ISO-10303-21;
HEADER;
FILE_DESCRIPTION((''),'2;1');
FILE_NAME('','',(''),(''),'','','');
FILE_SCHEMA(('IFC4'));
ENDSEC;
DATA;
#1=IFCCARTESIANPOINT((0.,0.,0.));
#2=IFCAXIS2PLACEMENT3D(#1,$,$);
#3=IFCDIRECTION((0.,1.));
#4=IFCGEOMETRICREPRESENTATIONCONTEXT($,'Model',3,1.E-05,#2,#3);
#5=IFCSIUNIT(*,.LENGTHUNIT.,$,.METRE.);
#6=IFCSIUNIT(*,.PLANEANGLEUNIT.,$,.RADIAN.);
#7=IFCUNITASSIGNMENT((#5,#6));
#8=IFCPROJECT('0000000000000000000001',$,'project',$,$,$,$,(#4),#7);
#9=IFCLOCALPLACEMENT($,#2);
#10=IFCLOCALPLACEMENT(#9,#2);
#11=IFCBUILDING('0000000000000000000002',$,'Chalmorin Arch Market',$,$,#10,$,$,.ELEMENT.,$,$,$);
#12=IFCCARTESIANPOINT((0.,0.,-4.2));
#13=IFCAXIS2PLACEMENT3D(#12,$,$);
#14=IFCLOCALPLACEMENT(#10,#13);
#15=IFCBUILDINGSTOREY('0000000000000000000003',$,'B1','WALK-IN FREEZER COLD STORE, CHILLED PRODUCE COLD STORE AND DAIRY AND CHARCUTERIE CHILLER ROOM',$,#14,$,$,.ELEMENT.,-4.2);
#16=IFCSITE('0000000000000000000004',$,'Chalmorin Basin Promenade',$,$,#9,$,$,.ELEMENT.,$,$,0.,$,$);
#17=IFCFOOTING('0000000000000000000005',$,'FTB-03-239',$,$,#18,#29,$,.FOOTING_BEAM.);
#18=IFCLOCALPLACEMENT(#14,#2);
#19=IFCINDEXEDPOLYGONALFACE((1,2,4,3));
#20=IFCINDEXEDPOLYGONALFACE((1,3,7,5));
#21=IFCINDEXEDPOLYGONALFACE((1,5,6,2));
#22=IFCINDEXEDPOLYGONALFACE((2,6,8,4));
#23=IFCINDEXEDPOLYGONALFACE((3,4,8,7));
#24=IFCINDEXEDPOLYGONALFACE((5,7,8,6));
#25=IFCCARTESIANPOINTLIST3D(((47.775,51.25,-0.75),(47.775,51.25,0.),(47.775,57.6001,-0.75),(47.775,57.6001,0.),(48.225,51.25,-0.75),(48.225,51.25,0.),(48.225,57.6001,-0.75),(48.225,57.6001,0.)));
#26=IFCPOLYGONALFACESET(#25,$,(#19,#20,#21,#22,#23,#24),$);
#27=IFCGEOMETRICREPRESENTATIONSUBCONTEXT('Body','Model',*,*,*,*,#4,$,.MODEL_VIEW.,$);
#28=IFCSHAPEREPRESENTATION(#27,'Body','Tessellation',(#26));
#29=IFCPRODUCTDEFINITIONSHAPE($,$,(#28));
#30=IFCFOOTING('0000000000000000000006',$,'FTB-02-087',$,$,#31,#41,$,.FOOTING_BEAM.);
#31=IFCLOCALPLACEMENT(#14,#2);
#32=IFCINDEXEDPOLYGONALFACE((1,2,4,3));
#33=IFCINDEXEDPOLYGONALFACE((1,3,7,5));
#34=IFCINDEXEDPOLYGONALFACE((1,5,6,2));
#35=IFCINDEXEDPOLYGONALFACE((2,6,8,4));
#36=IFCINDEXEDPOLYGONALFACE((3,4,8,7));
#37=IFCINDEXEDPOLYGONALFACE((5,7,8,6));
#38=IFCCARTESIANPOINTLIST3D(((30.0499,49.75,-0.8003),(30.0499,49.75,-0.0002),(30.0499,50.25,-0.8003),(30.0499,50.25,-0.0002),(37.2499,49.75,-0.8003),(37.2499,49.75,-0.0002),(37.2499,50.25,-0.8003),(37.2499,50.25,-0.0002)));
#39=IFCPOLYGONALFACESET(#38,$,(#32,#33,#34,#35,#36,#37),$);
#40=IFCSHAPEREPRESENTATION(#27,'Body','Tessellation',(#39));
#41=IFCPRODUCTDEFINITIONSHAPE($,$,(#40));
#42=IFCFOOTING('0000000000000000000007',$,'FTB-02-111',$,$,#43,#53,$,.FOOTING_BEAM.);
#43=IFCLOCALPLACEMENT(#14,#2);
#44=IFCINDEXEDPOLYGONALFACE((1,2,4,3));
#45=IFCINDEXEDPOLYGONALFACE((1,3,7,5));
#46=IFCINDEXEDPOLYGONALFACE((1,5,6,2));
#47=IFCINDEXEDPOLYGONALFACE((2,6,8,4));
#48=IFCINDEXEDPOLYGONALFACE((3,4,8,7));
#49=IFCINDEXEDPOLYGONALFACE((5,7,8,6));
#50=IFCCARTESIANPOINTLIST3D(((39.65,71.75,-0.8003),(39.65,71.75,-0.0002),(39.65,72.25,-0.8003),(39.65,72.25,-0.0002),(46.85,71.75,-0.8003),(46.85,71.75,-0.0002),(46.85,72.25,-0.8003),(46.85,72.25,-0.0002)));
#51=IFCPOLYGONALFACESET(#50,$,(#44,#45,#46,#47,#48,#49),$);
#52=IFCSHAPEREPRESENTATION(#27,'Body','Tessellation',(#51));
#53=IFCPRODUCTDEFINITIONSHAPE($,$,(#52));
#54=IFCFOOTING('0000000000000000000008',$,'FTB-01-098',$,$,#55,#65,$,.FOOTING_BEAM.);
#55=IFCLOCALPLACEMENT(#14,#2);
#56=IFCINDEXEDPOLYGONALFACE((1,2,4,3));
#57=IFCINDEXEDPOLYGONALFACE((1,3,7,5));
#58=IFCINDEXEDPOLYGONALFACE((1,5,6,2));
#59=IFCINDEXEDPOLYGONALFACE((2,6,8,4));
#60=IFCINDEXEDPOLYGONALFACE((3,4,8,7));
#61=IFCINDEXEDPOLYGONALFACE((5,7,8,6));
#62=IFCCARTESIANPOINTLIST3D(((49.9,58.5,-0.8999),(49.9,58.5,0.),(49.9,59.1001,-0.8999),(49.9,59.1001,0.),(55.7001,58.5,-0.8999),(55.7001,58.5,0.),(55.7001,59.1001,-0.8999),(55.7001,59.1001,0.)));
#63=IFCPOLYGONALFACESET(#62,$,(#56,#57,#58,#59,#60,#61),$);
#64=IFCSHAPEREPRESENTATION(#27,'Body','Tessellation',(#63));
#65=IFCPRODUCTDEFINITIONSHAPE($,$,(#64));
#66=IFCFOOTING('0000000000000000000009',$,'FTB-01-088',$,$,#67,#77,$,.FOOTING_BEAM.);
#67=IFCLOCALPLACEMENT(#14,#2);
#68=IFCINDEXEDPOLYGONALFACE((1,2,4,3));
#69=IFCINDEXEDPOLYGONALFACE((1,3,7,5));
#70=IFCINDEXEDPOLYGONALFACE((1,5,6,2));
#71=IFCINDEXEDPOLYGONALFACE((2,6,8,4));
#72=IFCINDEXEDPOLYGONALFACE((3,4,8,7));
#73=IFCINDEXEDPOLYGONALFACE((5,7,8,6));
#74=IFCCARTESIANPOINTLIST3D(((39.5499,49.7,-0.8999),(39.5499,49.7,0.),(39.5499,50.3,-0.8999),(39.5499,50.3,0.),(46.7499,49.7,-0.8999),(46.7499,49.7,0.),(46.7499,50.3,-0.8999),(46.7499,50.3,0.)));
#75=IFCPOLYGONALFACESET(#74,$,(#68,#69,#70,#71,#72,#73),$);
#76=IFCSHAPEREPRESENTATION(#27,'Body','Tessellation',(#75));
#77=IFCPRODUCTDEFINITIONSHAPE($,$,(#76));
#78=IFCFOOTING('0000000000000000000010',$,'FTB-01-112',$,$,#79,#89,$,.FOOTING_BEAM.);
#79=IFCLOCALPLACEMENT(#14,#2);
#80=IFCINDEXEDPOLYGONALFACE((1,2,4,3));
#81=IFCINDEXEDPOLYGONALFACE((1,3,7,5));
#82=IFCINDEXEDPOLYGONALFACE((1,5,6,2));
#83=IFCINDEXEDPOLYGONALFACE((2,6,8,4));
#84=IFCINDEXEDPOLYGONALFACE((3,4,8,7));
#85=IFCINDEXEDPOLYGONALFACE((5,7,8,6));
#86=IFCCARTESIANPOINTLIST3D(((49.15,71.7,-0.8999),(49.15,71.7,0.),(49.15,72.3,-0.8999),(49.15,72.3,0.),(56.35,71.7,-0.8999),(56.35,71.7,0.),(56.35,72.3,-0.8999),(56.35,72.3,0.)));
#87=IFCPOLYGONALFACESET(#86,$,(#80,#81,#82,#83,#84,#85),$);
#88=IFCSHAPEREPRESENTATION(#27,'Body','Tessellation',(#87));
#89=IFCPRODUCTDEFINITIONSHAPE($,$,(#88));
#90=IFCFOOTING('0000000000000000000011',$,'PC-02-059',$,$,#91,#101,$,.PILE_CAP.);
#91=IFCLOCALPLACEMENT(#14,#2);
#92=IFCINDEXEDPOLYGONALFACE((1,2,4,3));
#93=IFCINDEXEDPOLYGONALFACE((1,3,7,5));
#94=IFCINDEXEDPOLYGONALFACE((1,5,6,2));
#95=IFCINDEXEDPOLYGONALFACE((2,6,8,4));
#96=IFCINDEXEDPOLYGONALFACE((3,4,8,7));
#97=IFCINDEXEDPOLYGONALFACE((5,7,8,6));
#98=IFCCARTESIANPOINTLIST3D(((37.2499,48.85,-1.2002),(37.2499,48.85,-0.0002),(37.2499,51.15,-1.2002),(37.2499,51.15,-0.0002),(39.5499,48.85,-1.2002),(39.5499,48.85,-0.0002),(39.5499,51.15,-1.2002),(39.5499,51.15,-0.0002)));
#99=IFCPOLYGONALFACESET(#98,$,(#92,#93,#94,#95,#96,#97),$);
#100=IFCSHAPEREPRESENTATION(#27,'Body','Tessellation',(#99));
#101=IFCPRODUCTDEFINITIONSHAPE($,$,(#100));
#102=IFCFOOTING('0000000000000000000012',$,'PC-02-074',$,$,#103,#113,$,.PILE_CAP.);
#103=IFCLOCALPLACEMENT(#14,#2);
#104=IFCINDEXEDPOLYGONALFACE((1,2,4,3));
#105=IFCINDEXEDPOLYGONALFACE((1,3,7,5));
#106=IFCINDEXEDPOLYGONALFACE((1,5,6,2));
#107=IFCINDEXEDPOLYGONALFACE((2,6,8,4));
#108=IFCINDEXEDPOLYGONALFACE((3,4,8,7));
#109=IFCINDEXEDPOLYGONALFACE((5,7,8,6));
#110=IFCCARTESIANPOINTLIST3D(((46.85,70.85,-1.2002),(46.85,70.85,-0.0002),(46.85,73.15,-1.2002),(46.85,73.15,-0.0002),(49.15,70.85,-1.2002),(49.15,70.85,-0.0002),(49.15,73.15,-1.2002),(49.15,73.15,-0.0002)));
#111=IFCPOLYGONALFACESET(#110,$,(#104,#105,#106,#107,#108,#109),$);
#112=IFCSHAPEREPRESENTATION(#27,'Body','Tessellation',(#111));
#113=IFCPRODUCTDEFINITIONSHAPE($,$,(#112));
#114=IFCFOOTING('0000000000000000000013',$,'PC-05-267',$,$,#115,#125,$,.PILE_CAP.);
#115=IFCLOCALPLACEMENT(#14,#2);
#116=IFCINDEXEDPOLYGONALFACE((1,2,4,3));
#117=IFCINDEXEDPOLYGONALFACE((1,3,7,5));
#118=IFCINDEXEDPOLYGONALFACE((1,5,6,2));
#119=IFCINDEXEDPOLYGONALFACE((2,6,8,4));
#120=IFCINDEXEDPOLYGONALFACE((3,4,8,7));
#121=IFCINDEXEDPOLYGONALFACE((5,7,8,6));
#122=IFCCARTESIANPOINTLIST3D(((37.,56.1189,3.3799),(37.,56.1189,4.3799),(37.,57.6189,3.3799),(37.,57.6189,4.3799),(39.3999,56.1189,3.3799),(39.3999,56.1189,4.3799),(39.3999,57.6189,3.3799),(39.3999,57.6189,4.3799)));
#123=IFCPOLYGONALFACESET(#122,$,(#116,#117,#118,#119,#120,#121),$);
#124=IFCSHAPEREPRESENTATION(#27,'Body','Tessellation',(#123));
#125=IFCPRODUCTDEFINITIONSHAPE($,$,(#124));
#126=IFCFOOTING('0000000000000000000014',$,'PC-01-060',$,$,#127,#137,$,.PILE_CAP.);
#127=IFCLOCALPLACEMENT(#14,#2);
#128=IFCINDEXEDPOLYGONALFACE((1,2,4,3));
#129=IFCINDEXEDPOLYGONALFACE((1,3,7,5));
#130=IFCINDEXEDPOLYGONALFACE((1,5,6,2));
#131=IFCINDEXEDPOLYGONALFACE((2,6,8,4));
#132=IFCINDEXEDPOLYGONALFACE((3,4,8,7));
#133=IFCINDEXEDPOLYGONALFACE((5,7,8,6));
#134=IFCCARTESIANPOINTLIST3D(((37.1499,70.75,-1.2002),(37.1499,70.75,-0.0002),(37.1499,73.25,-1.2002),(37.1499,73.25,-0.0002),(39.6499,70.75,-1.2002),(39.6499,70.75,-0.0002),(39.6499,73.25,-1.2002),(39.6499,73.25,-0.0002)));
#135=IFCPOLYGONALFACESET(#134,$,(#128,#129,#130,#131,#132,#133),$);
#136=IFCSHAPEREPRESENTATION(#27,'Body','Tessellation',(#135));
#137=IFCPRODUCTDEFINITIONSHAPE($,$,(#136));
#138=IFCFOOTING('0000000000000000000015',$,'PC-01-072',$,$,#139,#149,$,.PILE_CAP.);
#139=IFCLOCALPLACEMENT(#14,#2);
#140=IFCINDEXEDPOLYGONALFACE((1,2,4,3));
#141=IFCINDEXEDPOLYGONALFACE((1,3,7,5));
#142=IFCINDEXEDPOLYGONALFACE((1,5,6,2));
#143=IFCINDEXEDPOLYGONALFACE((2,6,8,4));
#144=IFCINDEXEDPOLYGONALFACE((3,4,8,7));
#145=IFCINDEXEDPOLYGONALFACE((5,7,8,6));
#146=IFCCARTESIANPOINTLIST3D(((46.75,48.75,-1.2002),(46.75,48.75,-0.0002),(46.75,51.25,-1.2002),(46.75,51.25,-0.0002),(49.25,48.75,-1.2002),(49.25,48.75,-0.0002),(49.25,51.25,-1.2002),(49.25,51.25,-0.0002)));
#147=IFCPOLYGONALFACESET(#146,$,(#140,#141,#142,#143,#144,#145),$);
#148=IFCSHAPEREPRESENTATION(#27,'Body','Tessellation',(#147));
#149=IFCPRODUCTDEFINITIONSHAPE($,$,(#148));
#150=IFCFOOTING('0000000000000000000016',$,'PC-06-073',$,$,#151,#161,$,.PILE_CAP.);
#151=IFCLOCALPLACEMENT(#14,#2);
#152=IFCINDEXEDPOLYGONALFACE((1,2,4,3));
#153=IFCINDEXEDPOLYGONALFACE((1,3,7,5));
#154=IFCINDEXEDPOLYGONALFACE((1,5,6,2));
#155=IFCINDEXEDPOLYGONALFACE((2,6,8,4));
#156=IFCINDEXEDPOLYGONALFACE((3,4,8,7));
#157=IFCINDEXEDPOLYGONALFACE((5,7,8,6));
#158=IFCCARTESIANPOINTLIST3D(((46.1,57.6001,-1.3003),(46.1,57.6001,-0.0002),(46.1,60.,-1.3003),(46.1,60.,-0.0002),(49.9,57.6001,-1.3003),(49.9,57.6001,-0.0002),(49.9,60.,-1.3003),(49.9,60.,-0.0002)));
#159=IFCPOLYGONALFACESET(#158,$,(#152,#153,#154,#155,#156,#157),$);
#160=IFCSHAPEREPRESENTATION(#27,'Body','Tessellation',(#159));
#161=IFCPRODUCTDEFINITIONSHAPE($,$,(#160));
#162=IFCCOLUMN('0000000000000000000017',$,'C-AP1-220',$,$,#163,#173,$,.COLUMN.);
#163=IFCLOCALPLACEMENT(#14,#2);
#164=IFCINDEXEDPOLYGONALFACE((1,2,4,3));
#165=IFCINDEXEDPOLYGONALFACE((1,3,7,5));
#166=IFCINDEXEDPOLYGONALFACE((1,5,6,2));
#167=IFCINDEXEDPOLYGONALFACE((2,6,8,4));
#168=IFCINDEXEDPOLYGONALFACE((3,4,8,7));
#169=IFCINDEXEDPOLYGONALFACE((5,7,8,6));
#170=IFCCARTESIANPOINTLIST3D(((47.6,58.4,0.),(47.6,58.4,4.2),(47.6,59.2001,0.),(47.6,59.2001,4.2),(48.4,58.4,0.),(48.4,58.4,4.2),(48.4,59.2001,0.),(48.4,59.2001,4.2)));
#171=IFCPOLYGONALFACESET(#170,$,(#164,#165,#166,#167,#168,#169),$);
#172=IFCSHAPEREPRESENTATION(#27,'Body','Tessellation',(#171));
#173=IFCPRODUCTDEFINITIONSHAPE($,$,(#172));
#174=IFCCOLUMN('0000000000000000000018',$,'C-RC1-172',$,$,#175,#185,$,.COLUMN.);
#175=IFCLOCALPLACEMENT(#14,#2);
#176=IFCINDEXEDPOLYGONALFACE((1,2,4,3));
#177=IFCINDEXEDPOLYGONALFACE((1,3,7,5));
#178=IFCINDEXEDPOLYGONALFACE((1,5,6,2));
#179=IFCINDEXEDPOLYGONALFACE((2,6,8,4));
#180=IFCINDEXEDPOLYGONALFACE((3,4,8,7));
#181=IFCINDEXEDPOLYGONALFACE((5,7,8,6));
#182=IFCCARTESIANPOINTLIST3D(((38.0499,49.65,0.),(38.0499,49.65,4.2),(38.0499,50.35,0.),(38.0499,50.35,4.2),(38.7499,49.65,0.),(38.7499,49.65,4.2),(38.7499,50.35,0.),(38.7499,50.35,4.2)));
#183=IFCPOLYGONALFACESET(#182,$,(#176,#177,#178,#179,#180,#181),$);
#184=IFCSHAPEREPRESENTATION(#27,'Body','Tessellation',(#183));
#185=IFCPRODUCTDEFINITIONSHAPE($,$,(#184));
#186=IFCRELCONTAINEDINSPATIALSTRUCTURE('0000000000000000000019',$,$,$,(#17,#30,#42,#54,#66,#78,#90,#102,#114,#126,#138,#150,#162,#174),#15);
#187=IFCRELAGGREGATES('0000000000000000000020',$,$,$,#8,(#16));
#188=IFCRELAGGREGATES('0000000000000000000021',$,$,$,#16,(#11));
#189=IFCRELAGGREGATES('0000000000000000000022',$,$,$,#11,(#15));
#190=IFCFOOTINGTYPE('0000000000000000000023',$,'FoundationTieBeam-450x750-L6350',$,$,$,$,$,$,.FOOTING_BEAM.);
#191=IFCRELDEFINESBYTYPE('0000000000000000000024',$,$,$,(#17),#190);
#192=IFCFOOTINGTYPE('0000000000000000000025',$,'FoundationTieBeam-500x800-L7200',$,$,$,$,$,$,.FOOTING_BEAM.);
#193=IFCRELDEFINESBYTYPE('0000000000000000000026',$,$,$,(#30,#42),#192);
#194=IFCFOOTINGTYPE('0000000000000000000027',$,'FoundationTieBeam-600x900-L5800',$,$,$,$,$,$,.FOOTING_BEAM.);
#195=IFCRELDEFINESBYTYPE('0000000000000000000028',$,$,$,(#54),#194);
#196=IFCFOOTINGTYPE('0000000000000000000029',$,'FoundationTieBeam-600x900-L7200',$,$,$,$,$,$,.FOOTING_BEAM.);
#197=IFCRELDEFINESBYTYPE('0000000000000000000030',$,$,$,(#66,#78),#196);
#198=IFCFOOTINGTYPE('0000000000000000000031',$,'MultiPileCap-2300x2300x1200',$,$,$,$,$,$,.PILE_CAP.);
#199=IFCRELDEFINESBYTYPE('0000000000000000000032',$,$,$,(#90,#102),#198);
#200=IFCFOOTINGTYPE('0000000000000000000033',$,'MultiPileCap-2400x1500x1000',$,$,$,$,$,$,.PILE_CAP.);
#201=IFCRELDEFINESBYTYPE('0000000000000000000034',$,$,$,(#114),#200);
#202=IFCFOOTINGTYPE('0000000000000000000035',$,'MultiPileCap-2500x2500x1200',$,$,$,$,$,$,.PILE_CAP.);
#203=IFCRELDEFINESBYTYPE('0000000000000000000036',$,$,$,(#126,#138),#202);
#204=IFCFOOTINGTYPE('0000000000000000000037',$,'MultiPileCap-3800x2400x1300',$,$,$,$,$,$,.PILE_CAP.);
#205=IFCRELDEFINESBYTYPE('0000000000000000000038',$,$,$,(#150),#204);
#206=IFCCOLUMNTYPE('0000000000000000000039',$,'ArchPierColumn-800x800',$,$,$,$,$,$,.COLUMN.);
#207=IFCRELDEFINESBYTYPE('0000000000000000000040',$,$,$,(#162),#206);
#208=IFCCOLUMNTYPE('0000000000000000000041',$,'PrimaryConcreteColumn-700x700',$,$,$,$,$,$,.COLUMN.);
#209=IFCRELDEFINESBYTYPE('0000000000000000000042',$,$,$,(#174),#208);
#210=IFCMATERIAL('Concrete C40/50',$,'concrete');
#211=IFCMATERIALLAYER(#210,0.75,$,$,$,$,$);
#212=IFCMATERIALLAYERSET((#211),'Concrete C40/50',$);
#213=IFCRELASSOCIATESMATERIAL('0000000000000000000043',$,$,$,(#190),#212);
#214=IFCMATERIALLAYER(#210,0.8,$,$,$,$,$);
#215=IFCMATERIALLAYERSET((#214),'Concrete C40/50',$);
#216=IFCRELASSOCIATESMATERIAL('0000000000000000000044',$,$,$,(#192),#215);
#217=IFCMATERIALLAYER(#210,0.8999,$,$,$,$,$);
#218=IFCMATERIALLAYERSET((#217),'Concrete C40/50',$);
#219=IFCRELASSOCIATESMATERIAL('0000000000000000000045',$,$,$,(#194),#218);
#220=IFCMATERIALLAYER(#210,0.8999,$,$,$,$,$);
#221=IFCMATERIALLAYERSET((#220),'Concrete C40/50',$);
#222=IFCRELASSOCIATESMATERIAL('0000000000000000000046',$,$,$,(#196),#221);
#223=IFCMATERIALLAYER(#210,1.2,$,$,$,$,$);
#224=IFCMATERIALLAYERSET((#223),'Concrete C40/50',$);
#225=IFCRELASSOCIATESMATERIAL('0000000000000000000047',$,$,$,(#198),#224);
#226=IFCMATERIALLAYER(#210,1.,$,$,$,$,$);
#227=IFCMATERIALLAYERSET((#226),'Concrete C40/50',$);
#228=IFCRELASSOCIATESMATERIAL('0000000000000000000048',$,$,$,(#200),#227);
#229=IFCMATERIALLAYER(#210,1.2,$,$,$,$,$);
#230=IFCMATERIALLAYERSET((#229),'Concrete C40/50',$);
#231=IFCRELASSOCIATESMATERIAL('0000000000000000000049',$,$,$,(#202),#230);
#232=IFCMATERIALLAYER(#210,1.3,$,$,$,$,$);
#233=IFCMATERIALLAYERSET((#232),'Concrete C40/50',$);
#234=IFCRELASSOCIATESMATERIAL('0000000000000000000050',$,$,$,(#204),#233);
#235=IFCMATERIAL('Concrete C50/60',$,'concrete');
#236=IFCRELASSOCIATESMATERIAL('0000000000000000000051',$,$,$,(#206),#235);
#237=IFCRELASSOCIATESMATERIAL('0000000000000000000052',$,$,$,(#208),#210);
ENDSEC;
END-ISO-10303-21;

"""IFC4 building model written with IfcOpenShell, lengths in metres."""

from ifc_helpers import new_model, si_unit, direction, frame, origin, origin_2d, place, context, subcontext, project, spatial, rectangle, extrude, material, layer, layer_set, material_profile, profile_set, type_object, element, save


model = new_model("IFC4")

# Units and contexts
model_context = context("Model", 3, precision=1e-05, world=origin(), true_north=direction((0.0, 1.0)))
body_context = subcontext(model_context, "Body", "Model", "MODEL_VIEW")
ifc_project = project(units=[si_unit("LENGTHUNIT", "METRE"), si_unit("PLANEANGLEUNIT", "RADIAN")], contexts=[model_context])

# Site, building, storey
site_placement = place(None, origin())
site = spatial("IfcSite", under=ifc_project, at=site_placement, Name="Chalmorin Basin Promenade", CompositionType="ELEMENT", RefElevation=0.0)
building_placement = place(site_placement, origin())
building = spatial("IfcBuilding", under=site, at=building_placement, Name="Chalmorin Arch Market", CompositionType="ELEMENT")
storey_placement = place(building_placement, frame((0.0, 0.0, -4.2)))
storey = spatial("IfcBuildingStorey", under=building, at=storey_placement, Name="B1", Description="WALK-IN FREEZER COLD STORE, CHILLED PRODUCE COLD STORE AND DAIRY AND CHARCUTERIE CHILLER ROOM", CompositionType="ELEMENT", Elevation=-4.2)

# Footings
ifc_material_1 = material(Name="Concrete C40/50", Category="concrete")
ifc_layer_1 = layer(ifc_material_1, 0.75)
ifc_layer_set_1 = layer_set([ifc_layer_1], Name="Concrete C40/50")
footing_type_1 = type_object("IfcFootingType", Name="FoundationTieBeam-450x750-L6350", PredefinedType="FOOTING_BEAM", material=ifc_layer_set_1)
footing_1_placement = place(storey_placement, frame((48.0, 54.425, -0.75), z_axis=(0.0, 0.0, 1.0), x_axis=(0.0, 1.0, 0.0)))
element("IfcFooting", 1, at=footing_1_placement, inside=storey, type_object=footing_type_1, Name="FTB-03-239", PredefinedType="FOOTING_BEAM", context=body_context, shape_type="SweptSolid", body=[
    extrude(rectangle(XDim=6.3501, YDim=0.45, at=origin_2d()), origin(), (0.0, 0.0, 1.0), 0.75),
])
ifc_layer_2 = layer(ifc_material_1, 0.8)
ifc_layer_set_2 = layer_set([ifc_layer_2], Name="Concrete C40/50")
footing_type_2 = type_object("IfcFootingType", Name="FoundationTieBeam-500x800-L7200", PredefinedType="FOOTING_BEAM", material=ifc_layer_set_2)
for number, where, z_axis, x_axis, name in (
    (2, (33.6499, 50.0, -0.8003), (0.0, 0.0, 1.0), (1.0, 0.0, 0.0), "FTB-02-087"),
    (3, (43.25, 72.0, -0.8003), (0.0, 0.0, 1.0), (1.0, 0.0, 0.0), "FTB-02-111"),
):
    element("IfcFooting", number, at=place(storey_placement, frame(where, z_axis=z_axis, x_axis=x_axis)), inside=storey, type_object=footing_type_2, Name=name, PredefinedType="FOOTING_BEAM", context=body_context, shape_type="SweptSolid", body=[
        extrude(rectangle(XDim=7.2, YDim=0.5, at=origin_2d()), origin(), (0.0, 0.0, 1.0), 0.8),
    ])
ifc_layer_3 = layer(ifc_material_1, 0.8999)
ifc_layer_set_3 = layer_set([ifc_layer_3], Name="Concrete C40/50")
footing_type_3 = type_object("IfcFootingType", Name="FoundationTieBeam-600x900-L5800", PredefinedType="FOOTING_BEAM", material=ifc_layer_set_3)
footing_2_placement = place(storey_placement, frame((52.8, 58.8, -0.8999), z_axis=(0.0, 0.0, 1.0), x_axis=(1.0, 0.0, 0.0)))
element("IfcFooting", 4, at=footing_2_placement, inside=storey, type_object=footing_type_3, Name="FTB-01-098", PredefinedType="FOOTING_BEAM", context=body_context, shape_type="SweptSolid", body=[
    extrude(rectangle(XDim=5.8, YDim=0.6001, at=origin_2d()), origin(), (0.0, 0.0, 1.0), 0.8999),
])
ifc_layer_4 = layer(ifc_material_1, 0.8999)
ifc_layer_set_4 = layer_set([ifc_layer_4], Name="Concrete C40/50")
footing_type_4 = type_object("IfcFootingType", Name="FoundationTieBeam-600x900-L7200", PredefinedType="FOOTING_BEAM", material=ifc_layer_set_4)
for number, where, z_axis, x_axis, name in (
    (5, (43.1499, 50.0, -0.8999), (0.0, 0.0, 1.0), (1.0, 0.0, 0.0), "FTB-01-088"),
    (6, (52.75, 72.0, -0.8999), (0.0, 0.0, 1.0), (1.0, 0.0, 0.0), "FTB-01-112"),
):
    element("IfcFooting", number, at=place(storey_placement, frame(where, z_axis=z_axis, x_axis=x_axis)), inside=storey, type_object=footing_type_4, Name=name, PredefinedType="FOOTING_BEAM", context=body_context, shape_type="SweptSolid", body=[
        extrude(rectangle(XDim=7.2, YDim=0.6001, at=origin_2d()), origin(), (0.0, 0.0, 1.0), 0.8999),
    ])
ifc_layer_5 = layer(ifc_material_1, 1.2)
ifc_layer_set_5 = layer_set([ifc_layer_5], Name="Concrete C40/50")
footing_type_5 = type_object("IfcFootingType", Name="MultiPileCap-2300x2300x1200", PredefinedType="PILE_CAP", material=ifc_layer_set_5)
for number, where, z_axis, x_axis, name in (
    (7, (38.3999, 50.0, -1.2002), (0.0, 0.0, 1.0), (1.0, 0.0, 0.0), "PC-02-059"),
    (8, (48.0, 72.0, -1.2002), (0.0, 0.0, 1.0), (1.0, 0.0, 0.0), "PC-02-074"),
):
    element("IfcFooting", number, at=place(storey_placement, frame(where, z_axis=z_axis, x_axis=x_axis)), inside=storey, type_object=footing_type_5, Name=name, PredefinedType="PILE_CAP", context=body_context, shape_type="SweptSolid", body=[
        extrude(rectangle(XDim=2.3, YDim=2.3, at=origin_2d()), origin(), (0.0, 0.0, 1.0), 1.2),
    ])
ifc_layer_6 = layer(ifc_material_1, 1.0)
ifc_layer_set_6 = layer_set([ifc_layer_6], Name="Concrete C40/50")
footing_type_6 = type_object("IfcFootingType", Name="MultiPileCap-2400x1500x1000", PredefinedType="PILE_CAP", material=ifc_layer_set_6)
footing_3_placement = place(storey_placement, frame((38.2, 56.8689, 3.3799), z_axis=(0.0, 0.0, 1.0), x_axis=(1.0, 0.0, 0.0)))
element("IfcFooting", 9, at=footing_3_placement, inside=storey, type_object=footing_type_6, Name="PC-05-267", PredefinedType="PILE_CAP", context=body_context, shape_type="SweptSolid", body=[
    extrude(rectangle(XDim=2.3999, YDim=1.5, at=origin_2d()), origin(), (0.0, 0.0, 1.0), 1.0),
])
ifc_layer_7 = layer(ifc_material_1, 1.2)
ifc_layer_set_7 = layer_set([ifc_layer_7], Name="Concrete C40/50")
footing_type_7 = type_object("IfcFootingType", Name="MultiPileCap-2500x2500x1200", PredefinedType="PILE_CAP", material=ifc_layer_set_7)
for number, where, z_axis, x_axis, name in (
    (10, (38.3999, 72.0, -1.2002), (0.0, 0.0, 1.0), (1.0, 0.0, 0.0), "PC-01-060"),
    (11, (48.0, 50.0, -1.2002), (0.0, 0.0, 1.0), (1.0, 0.0, 0.0), "PC-01-072"),
):
    element("IfcFooting", number, at=place(storey_placement, frame(where, z_axis=z_axis, x_axis=x_axis)), inside=storey, type_object=footing_type_7, Name=name, PredefinedType="PILE_CAP", context=body_context, shape_type="SweptSolid", body=[
        extrude(rectangle(XDim=2.5, YDim=2.5, at=origin_2d()), origin(), (0.0, 0.0, 1.0), 1.2),
    ])
ifc_layer_8 = layer(ifc_material_1, 1.3)
ifc_layer_set_8 = layer_set([ifc_layer_8], Name="Concrete C40/50")
footing_type_8 = type_object("IfcFootingType", Name="MultiPileCap-3800x2400x1300", PredefinedType="PILE_CAP", material=ifc_layer_set_8)
footing_4_placement = place(storey_placement, frame((48.0, 58.8, -1.3003), z_axis=(0.0, 0.0, 1.0), x_axis=(1.0, 0.0, 0.0)))
element("IfcFooting", 12, at=footing_4_placement, inside=storey, type_object=footing_type_8, Name="PC-06-073", PredefinedType="PILE_CAP", context=body_context, shape_type="SweptSolid", body=[
    extrude(rectangle(XDim=3.8, YDim=2.3999, at=origin_2d()), origin(), (0.0, 0.0, 1.0), 1.3),
])

# Columns
ifc_material_2 = material(Name="Concrete C50/60", Category="concrete")
ifc_material_profile_1 = material_profile(ifc_material_2, rectangle(XDim=0.8, YDim=0.8, at=origin_2d()), Name="RC800X800")
ifc_profile_set_1 = profile_set([ifc_material_profile_1], Name="Concrete C50/60")
column_type_1 = type_object("IfcColumnType", Name="ArchPierColumn-800x800", PredefinedType="COLUMN", material=ifc_profile_set_1)
column_1_placement = place(storey_placement, frame((48.0, 58.8, 0.0), z_axis=(0.0, 0.0, 1.0), x_axis=(1.0, 0.0, 0.0)))
element("IfcColumn", 13, at=column_1_placement, inside=storey, type_object=column_type_1, Name="C-AP1-220", PredefinedType="COLUMN", context=body_context, shape_type="SweptSolid", body=[
    extrude(rectangle(XDim=0.8, YDim=0.8, at=origin_2d()), origin(), (0.0, 0.0, 1.0), 4.2),
])
ifc_material_profile_2 = material_profile(ifc_material_1, rectangle(XDim=0.7, YDim=0.7, at=origin_2d()), Name="RC700X700")
ifc_profile_set_2 = profile_set([ifc_material_profile_2], Name="Concrete C40/50")
column_type_2 = type_object("IfcColumnType", Name="PrimaryConcreteColumn-700x700", PredefinedType="COLUMN", material=ifc_profile_set_2)
for number, where, z_axis, x_axis, name in (
    (14, (38.3999, 50.0, 0.0), (0.0, 0.0, 1.0), (1.0, 0.0, 0.0), "C-RC1-172"),
):
    element("IfcColumn", number, at=place(storey_placement, frame(where, z_axis=z_axis, x_axis=x_axis)), inside=storey, type_object=column_type_2, Name=name, PredefinedType="COLUMN", context=body_context, shape_type="SweptSolid", body=[
        extrude(rectangle(XDim=0.7, YDim=0.7, at=origin_2d()), origin(), (0.0, 0.0, 1.0), 4.2),
    ])

save(model, "model.ifc")
